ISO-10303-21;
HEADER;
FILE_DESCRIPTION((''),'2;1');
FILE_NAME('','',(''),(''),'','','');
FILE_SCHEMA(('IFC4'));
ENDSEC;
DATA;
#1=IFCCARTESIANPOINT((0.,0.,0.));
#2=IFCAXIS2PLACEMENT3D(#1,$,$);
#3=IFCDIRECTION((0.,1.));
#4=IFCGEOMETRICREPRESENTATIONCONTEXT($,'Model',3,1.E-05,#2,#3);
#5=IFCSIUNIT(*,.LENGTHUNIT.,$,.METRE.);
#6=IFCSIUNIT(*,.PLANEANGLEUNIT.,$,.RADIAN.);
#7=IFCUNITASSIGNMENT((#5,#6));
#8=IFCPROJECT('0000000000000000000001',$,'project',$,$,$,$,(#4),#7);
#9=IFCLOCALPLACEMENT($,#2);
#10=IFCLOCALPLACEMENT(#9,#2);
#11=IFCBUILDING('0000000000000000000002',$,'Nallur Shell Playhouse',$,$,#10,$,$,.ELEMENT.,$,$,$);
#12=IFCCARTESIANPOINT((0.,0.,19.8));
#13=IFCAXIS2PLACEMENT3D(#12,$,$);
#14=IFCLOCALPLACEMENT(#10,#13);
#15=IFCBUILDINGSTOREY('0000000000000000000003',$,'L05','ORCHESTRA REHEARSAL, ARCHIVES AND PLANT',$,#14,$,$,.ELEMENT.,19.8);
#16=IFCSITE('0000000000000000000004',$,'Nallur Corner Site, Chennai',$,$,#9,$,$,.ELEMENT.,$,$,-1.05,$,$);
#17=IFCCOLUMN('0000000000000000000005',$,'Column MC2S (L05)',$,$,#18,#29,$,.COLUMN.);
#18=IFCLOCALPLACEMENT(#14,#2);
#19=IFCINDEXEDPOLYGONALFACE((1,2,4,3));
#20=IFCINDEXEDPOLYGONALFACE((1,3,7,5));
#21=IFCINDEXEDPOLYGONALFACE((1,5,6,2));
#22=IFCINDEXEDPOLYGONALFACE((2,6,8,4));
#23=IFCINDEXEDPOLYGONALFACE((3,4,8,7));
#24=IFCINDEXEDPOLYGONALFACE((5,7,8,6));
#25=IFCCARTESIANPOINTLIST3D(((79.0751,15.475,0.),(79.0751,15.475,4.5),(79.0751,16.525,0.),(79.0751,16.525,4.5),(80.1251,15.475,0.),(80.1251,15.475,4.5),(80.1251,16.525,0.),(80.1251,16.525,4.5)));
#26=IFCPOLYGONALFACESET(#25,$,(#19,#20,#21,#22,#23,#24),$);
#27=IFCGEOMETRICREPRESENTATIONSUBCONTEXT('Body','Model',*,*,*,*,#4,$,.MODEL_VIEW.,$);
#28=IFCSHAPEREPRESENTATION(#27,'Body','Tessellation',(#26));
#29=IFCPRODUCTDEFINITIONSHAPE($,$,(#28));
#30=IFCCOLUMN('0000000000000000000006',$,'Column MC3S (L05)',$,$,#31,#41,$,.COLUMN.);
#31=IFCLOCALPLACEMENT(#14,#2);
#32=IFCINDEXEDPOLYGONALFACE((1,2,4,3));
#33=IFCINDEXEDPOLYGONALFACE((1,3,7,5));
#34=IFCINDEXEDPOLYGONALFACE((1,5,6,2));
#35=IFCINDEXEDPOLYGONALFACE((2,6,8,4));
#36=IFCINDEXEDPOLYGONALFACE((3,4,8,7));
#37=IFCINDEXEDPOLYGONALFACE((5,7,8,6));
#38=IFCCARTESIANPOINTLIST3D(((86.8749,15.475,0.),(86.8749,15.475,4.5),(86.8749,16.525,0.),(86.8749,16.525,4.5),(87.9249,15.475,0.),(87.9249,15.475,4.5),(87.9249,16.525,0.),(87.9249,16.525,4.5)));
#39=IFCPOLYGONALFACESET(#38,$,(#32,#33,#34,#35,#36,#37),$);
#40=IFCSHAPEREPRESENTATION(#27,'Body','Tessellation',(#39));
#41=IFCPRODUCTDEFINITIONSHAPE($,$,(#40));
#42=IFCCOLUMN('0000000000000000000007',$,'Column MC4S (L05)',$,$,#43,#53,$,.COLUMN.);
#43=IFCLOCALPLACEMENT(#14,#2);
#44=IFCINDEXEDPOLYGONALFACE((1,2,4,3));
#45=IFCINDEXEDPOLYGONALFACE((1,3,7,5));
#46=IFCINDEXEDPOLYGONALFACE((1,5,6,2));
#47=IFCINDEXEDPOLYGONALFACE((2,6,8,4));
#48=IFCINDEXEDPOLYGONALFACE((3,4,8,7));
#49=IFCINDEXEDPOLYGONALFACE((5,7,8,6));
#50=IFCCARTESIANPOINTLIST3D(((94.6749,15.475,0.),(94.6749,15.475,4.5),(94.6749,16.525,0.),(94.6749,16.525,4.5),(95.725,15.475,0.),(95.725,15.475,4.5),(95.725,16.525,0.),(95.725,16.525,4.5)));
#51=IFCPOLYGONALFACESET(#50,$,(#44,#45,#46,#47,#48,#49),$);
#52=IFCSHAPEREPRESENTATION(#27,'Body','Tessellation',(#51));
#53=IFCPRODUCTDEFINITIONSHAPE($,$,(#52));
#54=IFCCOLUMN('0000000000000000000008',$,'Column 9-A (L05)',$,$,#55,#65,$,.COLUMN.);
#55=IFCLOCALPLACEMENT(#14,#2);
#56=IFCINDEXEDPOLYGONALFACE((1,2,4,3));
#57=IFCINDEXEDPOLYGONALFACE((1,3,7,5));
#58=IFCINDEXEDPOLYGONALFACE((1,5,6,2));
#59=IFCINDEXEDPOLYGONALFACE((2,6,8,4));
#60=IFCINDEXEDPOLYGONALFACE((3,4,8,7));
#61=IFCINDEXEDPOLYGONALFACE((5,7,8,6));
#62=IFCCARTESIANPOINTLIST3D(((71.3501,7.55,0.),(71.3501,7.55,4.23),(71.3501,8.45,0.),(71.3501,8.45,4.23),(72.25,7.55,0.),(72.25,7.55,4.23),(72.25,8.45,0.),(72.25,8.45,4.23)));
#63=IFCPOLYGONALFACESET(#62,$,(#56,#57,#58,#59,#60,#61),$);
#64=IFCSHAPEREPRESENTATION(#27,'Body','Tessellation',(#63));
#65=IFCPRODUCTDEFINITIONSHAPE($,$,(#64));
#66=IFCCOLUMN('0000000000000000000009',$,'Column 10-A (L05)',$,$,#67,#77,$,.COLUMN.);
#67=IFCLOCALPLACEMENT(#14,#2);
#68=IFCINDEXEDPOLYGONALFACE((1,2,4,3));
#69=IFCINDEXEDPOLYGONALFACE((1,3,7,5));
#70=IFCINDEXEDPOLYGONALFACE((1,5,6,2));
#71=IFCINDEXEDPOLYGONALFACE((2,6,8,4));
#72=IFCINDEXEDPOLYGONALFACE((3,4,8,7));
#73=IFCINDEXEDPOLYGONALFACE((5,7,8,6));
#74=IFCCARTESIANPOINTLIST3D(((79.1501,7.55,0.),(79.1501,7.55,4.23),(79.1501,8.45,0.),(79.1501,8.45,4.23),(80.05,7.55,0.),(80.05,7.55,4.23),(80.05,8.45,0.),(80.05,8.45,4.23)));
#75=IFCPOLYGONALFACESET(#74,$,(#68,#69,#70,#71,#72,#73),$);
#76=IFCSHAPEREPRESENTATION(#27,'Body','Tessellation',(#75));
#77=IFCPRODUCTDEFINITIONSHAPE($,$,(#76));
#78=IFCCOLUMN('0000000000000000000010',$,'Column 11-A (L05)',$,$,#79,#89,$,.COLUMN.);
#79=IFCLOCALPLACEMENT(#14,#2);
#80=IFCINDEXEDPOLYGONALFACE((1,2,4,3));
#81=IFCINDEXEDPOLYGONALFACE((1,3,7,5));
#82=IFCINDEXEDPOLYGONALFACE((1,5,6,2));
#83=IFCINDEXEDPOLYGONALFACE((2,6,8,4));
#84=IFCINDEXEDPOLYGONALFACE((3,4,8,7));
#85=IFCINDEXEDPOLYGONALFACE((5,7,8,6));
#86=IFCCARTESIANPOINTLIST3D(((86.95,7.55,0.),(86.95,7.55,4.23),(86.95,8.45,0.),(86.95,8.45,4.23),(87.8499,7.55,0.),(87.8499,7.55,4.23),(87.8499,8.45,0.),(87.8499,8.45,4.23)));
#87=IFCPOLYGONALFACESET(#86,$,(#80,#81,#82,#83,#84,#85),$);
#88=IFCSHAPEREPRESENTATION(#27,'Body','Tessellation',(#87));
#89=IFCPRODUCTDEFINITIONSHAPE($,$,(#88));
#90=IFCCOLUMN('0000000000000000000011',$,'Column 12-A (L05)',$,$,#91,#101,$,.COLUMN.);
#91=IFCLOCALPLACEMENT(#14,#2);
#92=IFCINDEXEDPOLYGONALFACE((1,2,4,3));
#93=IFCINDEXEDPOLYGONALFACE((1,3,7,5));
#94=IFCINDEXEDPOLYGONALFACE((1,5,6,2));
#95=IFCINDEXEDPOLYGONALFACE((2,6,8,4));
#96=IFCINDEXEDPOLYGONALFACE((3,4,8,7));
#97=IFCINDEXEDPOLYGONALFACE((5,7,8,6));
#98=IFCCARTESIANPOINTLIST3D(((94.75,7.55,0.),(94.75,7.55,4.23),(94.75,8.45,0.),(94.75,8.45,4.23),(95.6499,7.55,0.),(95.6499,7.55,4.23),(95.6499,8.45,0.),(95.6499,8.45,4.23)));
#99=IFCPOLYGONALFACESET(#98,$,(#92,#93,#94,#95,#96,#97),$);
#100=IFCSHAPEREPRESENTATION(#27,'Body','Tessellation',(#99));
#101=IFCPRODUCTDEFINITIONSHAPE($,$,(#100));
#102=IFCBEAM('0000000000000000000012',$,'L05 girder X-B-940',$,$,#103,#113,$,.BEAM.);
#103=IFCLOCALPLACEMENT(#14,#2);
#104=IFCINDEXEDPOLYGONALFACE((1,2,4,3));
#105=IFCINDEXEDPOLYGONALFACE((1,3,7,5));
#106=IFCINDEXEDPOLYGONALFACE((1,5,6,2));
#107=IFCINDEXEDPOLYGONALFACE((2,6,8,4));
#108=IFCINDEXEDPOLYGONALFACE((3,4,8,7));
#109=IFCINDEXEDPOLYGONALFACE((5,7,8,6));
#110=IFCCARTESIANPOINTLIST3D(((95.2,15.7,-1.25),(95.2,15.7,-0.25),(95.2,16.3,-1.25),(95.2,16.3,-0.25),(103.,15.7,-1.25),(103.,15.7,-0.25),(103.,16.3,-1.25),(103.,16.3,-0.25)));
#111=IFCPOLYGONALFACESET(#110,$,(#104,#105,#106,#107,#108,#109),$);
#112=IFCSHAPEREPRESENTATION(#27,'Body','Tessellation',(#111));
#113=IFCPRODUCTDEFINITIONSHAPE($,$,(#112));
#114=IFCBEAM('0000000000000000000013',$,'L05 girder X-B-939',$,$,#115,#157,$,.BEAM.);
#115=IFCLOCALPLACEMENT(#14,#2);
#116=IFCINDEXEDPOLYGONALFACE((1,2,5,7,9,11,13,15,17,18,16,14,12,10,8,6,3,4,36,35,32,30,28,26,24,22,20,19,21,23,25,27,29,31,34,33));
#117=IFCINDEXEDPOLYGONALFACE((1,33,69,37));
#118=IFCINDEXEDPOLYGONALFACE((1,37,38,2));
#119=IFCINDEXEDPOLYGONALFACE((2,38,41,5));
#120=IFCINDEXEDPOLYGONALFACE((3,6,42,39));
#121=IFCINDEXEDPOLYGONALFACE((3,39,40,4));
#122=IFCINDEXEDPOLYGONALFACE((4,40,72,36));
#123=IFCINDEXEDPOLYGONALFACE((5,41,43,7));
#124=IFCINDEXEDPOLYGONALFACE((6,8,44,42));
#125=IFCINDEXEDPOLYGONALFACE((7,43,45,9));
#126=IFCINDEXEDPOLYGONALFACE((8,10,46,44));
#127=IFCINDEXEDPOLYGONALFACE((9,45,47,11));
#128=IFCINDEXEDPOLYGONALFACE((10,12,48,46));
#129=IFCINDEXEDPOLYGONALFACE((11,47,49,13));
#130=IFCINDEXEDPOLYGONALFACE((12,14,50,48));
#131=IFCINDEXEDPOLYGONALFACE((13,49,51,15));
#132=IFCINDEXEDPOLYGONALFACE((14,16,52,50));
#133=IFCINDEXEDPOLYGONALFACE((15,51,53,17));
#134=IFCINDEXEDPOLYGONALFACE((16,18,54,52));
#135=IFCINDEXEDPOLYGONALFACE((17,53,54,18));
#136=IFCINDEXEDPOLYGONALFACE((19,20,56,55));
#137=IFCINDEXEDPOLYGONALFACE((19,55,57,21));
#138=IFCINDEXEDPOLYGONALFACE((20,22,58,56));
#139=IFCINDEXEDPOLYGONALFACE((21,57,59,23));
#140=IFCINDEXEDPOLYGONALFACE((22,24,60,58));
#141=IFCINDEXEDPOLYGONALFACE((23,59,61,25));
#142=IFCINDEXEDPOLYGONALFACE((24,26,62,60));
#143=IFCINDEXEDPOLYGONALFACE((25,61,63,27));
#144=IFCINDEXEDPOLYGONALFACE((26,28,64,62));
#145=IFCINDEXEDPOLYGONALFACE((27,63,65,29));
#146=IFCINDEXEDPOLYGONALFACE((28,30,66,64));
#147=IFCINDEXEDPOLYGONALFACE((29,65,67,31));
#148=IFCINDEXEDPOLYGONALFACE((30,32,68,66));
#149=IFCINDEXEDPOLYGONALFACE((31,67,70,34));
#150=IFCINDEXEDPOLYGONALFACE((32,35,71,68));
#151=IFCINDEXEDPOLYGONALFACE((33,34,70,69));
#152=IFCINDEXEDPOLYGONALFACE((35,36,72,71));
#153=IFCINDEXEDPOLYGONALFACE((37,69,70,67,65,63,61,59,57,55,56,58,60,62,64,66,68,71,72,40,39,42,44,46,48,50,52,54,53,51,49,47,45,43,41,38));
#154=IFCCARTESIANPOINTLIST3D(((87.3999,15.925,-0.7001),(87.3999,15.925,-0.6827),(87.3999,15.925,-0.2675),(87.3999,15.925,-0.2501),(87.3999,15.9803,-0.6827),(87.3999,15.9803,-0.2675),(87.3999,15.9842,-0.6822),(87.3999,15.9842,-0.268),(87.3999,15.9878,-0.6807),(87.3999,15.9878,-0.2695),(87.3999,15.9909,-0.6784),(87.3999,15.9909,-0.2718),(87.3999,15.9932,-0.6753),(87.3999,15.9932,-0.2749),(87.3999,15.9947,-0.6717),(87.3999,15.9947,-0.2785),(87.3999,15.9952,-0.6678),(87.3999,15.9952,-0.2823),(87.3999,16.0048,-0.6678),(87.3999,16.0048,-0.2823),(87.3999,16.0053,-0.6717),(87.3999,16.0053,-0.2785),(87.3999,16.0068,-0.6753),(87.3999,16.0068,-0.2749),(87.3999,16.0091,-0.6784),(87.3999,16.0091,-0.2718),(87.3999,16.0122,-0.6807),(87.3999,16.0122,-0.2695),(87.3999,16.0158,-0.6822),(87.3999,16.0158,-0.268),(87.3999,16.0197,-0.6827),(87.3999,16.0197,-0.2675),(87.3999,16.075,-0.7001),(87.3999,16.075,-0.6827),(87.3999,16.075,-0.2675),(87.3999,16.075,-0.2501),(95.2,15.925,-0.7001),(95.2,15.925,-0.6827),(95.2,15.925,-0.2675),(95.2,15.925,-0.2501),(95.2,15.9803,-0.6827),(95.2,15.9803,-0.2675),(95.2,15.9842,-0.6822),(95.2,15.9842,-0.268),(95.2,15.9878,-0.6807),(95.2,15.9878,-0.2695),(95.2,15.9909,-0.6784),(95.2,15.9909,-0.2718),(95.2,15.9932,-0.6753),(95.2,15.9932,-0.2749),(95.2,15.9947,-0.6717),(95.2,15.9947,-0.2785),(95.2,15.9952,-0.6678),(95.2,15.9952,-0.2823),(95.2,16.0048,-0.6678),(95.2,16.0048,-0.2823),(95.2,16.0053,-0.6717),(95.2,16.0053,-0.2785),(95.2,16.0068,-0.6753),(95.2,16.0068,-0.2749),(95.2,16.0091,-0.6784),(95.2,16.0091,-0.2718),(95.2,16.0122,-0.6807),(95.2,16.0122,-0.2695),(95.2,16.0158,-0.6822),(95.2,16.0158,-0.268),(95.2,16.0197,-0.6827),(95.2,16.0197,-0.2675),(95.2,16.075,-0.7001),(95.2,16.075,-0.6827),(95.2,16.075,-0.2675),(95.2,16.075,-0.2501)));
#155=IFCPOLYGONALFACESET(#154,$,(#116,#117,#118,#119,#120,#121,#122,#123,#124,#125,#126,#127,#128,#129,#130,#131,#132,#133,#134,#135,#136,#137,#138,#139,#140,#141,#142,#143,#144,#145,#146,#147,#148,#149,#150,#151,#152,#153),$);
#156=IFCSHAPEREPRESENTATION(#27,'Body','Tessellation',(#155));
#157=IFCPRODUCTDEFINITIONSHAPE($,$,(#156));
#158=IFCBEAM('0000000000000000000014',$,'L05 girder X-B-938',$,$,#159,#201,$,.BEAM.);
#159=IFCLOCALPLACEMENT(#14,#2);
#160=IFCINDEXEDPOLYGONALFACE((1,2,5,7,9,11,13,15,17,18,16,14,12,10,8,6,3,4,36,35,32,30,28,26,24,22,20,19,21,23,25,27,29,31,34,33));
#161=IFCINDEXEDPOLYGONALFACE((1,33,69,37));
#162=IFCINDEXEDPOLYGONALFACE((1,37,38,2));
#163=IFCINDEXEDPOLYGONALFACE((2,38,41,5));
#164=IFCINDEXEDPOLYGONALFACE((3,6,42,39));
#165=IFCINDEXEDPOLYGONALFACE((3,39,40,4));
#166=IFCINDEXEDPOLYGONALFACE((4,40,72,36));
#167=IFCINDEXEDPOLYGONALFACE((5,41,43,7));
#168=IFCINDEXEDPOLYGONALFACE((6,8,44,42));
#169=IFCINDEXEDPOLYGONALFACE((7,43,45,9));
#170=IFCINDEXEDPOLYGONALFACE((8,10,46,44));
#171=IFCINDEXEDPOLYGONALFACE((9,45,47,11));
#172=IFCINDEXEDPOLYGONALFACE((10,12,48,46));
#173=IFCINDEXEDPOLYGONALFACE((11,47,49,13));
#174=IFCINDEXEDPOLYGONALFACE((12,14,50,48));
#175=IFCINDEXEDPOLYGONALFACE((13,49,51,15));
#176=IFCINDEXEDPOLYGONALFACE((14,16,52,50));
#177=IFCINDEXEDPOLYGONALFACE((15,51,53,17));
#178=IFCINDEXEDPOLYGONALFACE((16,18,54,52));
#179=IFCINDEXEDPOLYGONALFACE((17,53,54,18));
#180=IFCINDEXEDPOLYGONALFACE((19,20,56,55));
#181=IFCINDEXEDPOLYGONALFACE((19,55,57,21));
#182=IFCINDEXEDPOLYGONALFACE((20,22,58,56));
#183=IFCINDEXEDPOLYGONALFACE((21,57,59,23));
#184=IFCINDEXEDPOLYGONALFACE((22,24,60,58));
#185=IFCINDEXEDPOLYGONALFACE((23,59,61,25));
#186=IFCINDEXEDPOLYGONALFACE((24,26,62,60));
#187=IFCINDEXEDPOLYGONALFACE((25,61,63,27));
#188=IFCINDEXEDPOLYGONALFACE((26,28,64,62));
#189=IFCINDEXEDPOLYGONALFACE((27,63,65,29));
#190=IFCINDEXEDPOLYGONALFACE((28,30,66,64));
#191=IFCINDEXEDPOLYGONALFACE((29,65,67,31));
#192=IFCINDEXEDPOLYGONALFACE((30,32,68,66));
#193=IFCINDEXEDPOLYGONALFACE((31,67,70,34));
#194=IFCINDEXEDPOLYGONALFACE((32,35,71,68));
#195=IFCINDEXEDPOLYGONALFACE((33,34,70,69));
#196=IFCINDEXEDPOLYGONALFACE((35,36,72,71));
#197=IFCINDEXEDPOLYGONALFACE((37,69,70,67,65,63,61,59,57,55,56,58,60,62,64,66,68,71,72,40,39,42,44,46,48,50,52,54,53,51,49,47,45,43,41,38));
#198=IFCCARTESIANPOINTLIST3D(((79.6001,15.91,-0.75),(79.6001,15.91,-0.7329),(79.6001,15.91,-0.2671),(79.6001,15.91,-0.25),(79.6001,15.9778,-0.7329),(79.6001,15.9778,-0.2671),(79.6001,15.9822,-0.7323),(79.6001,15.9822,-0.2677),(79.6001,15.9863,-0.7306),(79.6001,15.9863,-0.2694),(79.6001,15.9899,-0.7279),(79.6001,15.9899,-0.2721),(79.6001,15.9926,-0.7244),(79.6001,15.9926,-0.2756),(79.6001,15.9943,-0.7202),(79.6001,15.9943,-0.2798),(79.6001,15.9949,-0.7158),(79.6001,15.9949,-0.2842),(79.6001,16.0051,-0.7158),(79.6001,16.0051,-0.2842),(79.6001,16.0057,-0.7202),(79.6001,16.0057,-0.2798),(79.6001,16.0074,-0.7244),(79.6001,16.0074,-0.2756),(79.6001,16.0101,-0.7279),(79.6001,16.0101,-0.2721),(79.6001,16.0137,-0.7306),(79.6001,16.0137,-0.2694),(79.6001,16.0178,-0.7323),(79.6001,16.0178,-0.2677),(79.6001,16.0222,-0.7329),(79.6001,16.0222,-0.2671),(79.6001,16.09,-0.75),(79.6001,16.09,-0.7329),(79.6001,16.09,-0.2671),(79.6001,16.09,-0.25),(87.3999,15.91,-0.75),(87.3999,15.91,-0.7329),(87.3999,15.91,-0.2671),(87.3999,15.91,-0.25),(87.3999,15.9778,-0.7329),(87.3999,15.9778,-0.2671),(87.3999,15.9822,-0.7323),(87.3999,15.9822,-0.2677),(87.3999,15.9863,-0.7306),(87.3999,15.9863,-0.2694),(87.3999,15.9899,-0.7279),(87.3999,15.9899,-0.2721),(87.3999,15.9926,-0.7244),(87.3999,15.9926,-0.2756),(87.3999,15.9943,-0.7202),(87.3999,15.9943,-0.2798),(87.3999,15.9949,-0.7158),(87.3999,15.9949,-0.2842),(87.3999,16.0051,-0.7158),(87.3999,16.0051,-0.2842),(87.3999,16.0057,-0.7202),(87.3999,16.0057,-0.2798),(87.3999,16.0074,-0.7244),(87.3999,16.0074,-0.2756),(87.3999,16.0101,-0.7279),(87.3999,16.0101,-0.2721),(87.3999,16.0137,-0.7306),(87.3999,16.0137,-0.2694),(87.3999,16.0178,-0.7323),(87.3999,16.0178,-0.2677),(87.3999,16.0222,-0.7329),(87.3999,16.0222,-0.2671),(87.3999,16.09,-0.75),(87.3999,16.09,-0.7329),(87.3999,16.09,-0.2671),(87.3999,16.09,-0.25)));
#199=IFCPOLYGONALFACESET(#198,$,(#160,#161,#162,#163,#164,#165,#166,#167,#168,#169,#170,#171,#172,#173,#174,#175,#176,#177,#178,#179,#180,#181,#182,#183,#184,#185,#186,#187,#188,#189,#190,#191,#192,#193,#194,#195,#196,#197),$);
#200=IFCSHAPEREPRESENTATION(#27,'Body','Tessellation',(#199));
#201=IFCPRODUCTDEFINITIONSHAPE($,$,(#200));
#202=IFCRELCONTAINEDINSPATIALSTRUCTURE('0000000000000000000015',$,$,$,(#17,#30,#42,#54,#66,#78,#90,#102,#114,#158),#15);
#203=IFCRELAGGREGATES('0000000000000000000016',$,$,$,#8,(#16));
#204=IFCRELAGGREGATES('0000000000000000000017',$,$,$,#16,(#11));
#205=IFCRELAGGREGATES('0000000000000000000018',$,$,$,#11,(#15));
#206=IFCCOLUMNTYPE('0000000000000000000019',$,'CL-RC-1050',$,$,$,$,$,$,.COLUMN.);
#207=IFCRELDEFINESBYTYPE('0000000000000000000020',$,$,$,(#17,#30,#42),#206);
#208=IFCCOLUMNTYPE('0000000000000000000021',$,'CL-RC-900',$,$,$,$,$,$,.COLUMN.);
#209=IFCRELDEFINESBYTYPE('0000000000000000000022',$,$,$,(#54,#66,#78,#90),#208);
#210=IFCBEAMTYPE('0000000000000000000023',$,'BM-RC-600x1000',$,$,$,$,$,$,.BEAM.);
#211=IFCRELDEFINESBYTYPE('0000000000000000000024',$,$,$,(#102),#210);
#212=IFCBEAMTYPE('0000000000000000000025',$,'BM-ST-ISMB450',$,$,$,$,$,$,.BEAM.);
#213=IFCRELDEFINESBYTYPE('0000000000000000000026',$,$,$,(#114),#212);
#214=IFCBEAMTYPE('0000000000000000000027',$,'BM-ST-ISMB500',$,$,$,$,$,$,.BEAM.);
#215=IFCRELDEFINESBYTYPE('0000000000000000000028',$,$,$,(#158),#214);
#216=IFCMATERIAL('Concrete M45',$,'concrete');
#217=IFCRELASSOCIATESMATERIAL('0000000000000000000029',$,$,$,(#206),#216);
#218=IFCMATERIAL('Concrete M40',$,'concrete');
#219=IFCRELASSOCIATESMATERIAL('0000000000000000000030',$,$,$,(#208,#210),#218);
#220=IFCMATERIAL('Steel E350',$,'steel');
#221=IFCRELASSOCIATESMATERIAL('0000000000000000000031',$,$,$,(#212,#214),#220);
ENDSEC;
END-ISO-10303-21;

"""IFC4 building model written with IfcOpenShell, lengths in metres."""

from ifc_helpers import new_model, si_unit, direction, frame, origin, origin_2d, place, context, subcontext, project, spatial, rectangle, i_section, extrude, material, material_profile, profile_set, type_object, element, save


model = new_model("IFC4")

# Units and contexts
model_context = context("Model", 3, precision=1e-05, world=origin(), true_north=direction((0.0, 1.0)))
body_context = subcontext(model_context, "Body", "Model", "MODEL_VIEW")
ifc_project = project(units=[si_unit("LENGTHUNIT", "METRE"), si_unit("PLANEANGLEUNIT", "RADIAN")], contexts=[model_context])

# Site, building, storey
site_placement = place(None, origin())
site = spatial("IfcSite", under=ifc_project, at=site_placement, Name="Nallur Corner Site, Chennai", CompositionType="ELEMENT", RefElevation=-1.05)
building_placement = place(site_placement, origin())
building = spatial("IfcBuilding", under=site, at=building_placement, Name="Nallur Shell Playhouse", CompositionType="ELEMENT")
storey_placement = place(building_placement, frame((0.0, 0.0, 19.8)))
storey = spatial("IfcBuildingStorey", under=building, at=storey_placement, Name="L05", Description="ORCHESTRA REHEARSAL, ARCHIVES AND PLANT", CompositionType="ELEMENT", Elevation=19.8)

# Columns
ifc_material_1 = material(Name="Concrete M45", Category="concrete")
ifc_material_profile_1 = material_profile(ifc_material_1, rectangle(XDim=1.05, YDim=1.05, at=origin_2d()), Name="RC 1050x1050")
ifc_profile_set_1 = profile_set([ifc_material_profile_1], Name="Concrete M45")
column_type_1 = type_object("IfcColumnType", Name="CL-RC-1050", PredefinedType="COLUMN", material=ifc_profile_set_1)
for number, where, z_axis, x_axis, name in (
    (1, (79.6001, 16.0, 0.0), (0.0, 0.0, 1.0), (1.0, 0.0, 0.0), "Column MC2S (L05)"),
    (2, (87.3999, 16.0, 0.0), (0.0, 0.0, 1.0), (1.0, 0.0, 0.0), "Column MC3S (L05)"),
    (3, (95.2, 16.0, 0.0), (0.0, 0.0, 1.0), (1.0, 0.0, 0.0), "Column MC4S (L05)"),
):
    element("IfcColumn", number, at=place(storey_placement, frame(where, z_axis=z_axis, x_axis=x_axis)), inside=storey, type_object=column_type_1, Name=name, PredefinedType="COLUMN", context=body_context, shape_type="SweptSolid", body=[
        extrude(rectangle(XDim=1.05, YDim=1.05, at=origin_2d()), origin(), (0.0, 0.0, 1.0), 4.5),
    ])
ifc_material_2 = material(Name="Concrete M40", Category="concrete")
ifc_material_profile_2 = material_profile(ifc_material_2, rectangle(XDim=0.8999, YDim=0.8999, at=origin_2d()), Name="RC 900x900")
ifc_profile_set_2 = profile_set([ifc_material_profile_2], Name="Concrete M40")
column_type_2 = type_object("IfcColumnType", Name="CL-RC-900", PredefinedType="COLUMN", material=ifc_profile_set_2)
for number, where, z_axis, x_axis, name in (
    (4, (71.8, 8.0, 0.0), (0.0, 0.0, 1.0), (1.0, 0.0, 0.0), "Column 9-A (L05)"),
    (5, (79.6001, 8.0, 0.0), (0.0, 0.0, 1.0), (1.0, 0.0, 0.0), "Column 10-A (L05)"),
    (6, (87.3999, 8.0, 0.0), (0.0, 0.0, 1.0), (1.0, 0.0, 0.0), "Column 11-A (L05)"),
    (7, (95.2, 8.0, 0.0), (0.0, 0.0, 1.0), (1.0, 0.0, 0.0), "Column 12-A (L05)"),
):
    element("IfcColumn", number, at=place(storey_placement, frame(where, z_axis=z_axis, x_axis=x_axis)), inside=storey, type_object=column_type_2, Name=name, PredefinedType="COLUMN", context=body_context, shape_type="SweptSolid", body=[
        extrude(rectangle(XDim=0.8999, YDim=0.8999, at=origin_2d()), origin(), (0.0, 0.0, 1.0), 4.23),
    ])

# Beams
ifc_material_profile_3 = material_profile(ifc_material_2, rectangle(XDim=0.6001, YDim=1.0, at=origin_2d()), Name="RC 600x1000")
ifc_profile_set_3 = profile_set([ifc_material_profile_3], Name="Concrete M40")
beam_type_1 = type_object("IfcBeamType", Name="BM-RC-600x1000", PredefinedType="BEAM", material=ifc_profile_set_3)
beam_1_placement = place(storey_placement, frame((95.2, 16.0, -0.75), z_axis=(1.0, 0.0, 0.0), x_axis=(0.0, 1.0, 0.0)))
element("IfcBeam", 8, at=beam_1_placement, inside=storey, type_object=beam_type_1, Name="L05 girder X-B-940", PredefinedType="BEAM", context=body_context, shape_type="SweptSolid", body=[
    extrude(rectangle(XDim=0.6001, YDim=1.0, at=origin_2d()), origin(), (0.0, 0.0, 1.0), 7.8),
])
ifc_material_3 = material(Name="Steel E350", Category="steel")
ifc_material_profile_4 = material_profile(ifc_material_3, i_section(OverallWidth=0.1499, OverallDepth=0.45, WebThickness=0.0095, FlangeThickness=0.0173, FilletRadius=0.0149, at=origin_2d()), Name="ISMB 450")
ifc_profile_set_4 = profile_set([ifc_material_profile_4], Name="Steel E350")
beam_type_2 = type_object("IfcBeamType", Name="BM-ST-ISMB450", PredefinedType="BEAM", material=ifc_profile_set_4)
beam_2_placement = place(storey_placement, frame((87.3999, 16.0, -0.4751), z_axis=(1.0, 0.0, 0.0), x_axis=(0.0, 1.0, 0.0)))
element("IfcBeam", 9, at=beam_2_placement, inside=storey, type_object=beam_type_2, Name="L05 girder X-B-939", PredefinedType="BEAM", context=body_context, shape_type="SweptSolid", body=[
    extrude(i_section(OverallWidth=0.1499, OverallDepth=0.45, WebThickness=0.0095, FlangeThickness=0.0173, FilletRadius=0.0149, at=origin_2d()), origin(), (0.0, 0.0, 1.0), 7.8),
])
ifc_material_profile_5 = material_profile(ifc_material_3, i_section(OverallWidth=0.1799, OverallDepth=0.5, WebThickness=0.0103, FlangeThickness=0.0171, FilletRadius=0.0171, at=origin_2d()), Name="ISMB 500")
ifc_profile_set_5 = profile_set([ifc_material_profile_5], Name="Steel E350")
beam_type_3 = type_object("IfcBeamType", Name="BM-ST-ISMB500", PredefinedType="BEAM", material=ifc_profile_set_5)
beam_3_placement = place(storey_placement, frame((79.6001, 16.0, -0.5), z_axis=(1.0, 0.0, 0.0), x_axis=(0.0, 1.0, 0.0)))
element("IfcBeam", 10, at=beam_3_placement, inside=storey, type_object=beam_type_3, Name="L05 girder X-B-938", PredefinedType="BEAM", context=body_context, shape_type="SweptSolid", body=[
    extrude(i_section(OverallWidth=0.1799, OverallDepth=0.5, WebThickness=0.0103, FlangeThickness=0.0171, FilletRadius=0.0171, at=origin_2d()), origin(), (0.0, 0.0, 1.0), 7.7998),
])

save(model, "model.ifc")
